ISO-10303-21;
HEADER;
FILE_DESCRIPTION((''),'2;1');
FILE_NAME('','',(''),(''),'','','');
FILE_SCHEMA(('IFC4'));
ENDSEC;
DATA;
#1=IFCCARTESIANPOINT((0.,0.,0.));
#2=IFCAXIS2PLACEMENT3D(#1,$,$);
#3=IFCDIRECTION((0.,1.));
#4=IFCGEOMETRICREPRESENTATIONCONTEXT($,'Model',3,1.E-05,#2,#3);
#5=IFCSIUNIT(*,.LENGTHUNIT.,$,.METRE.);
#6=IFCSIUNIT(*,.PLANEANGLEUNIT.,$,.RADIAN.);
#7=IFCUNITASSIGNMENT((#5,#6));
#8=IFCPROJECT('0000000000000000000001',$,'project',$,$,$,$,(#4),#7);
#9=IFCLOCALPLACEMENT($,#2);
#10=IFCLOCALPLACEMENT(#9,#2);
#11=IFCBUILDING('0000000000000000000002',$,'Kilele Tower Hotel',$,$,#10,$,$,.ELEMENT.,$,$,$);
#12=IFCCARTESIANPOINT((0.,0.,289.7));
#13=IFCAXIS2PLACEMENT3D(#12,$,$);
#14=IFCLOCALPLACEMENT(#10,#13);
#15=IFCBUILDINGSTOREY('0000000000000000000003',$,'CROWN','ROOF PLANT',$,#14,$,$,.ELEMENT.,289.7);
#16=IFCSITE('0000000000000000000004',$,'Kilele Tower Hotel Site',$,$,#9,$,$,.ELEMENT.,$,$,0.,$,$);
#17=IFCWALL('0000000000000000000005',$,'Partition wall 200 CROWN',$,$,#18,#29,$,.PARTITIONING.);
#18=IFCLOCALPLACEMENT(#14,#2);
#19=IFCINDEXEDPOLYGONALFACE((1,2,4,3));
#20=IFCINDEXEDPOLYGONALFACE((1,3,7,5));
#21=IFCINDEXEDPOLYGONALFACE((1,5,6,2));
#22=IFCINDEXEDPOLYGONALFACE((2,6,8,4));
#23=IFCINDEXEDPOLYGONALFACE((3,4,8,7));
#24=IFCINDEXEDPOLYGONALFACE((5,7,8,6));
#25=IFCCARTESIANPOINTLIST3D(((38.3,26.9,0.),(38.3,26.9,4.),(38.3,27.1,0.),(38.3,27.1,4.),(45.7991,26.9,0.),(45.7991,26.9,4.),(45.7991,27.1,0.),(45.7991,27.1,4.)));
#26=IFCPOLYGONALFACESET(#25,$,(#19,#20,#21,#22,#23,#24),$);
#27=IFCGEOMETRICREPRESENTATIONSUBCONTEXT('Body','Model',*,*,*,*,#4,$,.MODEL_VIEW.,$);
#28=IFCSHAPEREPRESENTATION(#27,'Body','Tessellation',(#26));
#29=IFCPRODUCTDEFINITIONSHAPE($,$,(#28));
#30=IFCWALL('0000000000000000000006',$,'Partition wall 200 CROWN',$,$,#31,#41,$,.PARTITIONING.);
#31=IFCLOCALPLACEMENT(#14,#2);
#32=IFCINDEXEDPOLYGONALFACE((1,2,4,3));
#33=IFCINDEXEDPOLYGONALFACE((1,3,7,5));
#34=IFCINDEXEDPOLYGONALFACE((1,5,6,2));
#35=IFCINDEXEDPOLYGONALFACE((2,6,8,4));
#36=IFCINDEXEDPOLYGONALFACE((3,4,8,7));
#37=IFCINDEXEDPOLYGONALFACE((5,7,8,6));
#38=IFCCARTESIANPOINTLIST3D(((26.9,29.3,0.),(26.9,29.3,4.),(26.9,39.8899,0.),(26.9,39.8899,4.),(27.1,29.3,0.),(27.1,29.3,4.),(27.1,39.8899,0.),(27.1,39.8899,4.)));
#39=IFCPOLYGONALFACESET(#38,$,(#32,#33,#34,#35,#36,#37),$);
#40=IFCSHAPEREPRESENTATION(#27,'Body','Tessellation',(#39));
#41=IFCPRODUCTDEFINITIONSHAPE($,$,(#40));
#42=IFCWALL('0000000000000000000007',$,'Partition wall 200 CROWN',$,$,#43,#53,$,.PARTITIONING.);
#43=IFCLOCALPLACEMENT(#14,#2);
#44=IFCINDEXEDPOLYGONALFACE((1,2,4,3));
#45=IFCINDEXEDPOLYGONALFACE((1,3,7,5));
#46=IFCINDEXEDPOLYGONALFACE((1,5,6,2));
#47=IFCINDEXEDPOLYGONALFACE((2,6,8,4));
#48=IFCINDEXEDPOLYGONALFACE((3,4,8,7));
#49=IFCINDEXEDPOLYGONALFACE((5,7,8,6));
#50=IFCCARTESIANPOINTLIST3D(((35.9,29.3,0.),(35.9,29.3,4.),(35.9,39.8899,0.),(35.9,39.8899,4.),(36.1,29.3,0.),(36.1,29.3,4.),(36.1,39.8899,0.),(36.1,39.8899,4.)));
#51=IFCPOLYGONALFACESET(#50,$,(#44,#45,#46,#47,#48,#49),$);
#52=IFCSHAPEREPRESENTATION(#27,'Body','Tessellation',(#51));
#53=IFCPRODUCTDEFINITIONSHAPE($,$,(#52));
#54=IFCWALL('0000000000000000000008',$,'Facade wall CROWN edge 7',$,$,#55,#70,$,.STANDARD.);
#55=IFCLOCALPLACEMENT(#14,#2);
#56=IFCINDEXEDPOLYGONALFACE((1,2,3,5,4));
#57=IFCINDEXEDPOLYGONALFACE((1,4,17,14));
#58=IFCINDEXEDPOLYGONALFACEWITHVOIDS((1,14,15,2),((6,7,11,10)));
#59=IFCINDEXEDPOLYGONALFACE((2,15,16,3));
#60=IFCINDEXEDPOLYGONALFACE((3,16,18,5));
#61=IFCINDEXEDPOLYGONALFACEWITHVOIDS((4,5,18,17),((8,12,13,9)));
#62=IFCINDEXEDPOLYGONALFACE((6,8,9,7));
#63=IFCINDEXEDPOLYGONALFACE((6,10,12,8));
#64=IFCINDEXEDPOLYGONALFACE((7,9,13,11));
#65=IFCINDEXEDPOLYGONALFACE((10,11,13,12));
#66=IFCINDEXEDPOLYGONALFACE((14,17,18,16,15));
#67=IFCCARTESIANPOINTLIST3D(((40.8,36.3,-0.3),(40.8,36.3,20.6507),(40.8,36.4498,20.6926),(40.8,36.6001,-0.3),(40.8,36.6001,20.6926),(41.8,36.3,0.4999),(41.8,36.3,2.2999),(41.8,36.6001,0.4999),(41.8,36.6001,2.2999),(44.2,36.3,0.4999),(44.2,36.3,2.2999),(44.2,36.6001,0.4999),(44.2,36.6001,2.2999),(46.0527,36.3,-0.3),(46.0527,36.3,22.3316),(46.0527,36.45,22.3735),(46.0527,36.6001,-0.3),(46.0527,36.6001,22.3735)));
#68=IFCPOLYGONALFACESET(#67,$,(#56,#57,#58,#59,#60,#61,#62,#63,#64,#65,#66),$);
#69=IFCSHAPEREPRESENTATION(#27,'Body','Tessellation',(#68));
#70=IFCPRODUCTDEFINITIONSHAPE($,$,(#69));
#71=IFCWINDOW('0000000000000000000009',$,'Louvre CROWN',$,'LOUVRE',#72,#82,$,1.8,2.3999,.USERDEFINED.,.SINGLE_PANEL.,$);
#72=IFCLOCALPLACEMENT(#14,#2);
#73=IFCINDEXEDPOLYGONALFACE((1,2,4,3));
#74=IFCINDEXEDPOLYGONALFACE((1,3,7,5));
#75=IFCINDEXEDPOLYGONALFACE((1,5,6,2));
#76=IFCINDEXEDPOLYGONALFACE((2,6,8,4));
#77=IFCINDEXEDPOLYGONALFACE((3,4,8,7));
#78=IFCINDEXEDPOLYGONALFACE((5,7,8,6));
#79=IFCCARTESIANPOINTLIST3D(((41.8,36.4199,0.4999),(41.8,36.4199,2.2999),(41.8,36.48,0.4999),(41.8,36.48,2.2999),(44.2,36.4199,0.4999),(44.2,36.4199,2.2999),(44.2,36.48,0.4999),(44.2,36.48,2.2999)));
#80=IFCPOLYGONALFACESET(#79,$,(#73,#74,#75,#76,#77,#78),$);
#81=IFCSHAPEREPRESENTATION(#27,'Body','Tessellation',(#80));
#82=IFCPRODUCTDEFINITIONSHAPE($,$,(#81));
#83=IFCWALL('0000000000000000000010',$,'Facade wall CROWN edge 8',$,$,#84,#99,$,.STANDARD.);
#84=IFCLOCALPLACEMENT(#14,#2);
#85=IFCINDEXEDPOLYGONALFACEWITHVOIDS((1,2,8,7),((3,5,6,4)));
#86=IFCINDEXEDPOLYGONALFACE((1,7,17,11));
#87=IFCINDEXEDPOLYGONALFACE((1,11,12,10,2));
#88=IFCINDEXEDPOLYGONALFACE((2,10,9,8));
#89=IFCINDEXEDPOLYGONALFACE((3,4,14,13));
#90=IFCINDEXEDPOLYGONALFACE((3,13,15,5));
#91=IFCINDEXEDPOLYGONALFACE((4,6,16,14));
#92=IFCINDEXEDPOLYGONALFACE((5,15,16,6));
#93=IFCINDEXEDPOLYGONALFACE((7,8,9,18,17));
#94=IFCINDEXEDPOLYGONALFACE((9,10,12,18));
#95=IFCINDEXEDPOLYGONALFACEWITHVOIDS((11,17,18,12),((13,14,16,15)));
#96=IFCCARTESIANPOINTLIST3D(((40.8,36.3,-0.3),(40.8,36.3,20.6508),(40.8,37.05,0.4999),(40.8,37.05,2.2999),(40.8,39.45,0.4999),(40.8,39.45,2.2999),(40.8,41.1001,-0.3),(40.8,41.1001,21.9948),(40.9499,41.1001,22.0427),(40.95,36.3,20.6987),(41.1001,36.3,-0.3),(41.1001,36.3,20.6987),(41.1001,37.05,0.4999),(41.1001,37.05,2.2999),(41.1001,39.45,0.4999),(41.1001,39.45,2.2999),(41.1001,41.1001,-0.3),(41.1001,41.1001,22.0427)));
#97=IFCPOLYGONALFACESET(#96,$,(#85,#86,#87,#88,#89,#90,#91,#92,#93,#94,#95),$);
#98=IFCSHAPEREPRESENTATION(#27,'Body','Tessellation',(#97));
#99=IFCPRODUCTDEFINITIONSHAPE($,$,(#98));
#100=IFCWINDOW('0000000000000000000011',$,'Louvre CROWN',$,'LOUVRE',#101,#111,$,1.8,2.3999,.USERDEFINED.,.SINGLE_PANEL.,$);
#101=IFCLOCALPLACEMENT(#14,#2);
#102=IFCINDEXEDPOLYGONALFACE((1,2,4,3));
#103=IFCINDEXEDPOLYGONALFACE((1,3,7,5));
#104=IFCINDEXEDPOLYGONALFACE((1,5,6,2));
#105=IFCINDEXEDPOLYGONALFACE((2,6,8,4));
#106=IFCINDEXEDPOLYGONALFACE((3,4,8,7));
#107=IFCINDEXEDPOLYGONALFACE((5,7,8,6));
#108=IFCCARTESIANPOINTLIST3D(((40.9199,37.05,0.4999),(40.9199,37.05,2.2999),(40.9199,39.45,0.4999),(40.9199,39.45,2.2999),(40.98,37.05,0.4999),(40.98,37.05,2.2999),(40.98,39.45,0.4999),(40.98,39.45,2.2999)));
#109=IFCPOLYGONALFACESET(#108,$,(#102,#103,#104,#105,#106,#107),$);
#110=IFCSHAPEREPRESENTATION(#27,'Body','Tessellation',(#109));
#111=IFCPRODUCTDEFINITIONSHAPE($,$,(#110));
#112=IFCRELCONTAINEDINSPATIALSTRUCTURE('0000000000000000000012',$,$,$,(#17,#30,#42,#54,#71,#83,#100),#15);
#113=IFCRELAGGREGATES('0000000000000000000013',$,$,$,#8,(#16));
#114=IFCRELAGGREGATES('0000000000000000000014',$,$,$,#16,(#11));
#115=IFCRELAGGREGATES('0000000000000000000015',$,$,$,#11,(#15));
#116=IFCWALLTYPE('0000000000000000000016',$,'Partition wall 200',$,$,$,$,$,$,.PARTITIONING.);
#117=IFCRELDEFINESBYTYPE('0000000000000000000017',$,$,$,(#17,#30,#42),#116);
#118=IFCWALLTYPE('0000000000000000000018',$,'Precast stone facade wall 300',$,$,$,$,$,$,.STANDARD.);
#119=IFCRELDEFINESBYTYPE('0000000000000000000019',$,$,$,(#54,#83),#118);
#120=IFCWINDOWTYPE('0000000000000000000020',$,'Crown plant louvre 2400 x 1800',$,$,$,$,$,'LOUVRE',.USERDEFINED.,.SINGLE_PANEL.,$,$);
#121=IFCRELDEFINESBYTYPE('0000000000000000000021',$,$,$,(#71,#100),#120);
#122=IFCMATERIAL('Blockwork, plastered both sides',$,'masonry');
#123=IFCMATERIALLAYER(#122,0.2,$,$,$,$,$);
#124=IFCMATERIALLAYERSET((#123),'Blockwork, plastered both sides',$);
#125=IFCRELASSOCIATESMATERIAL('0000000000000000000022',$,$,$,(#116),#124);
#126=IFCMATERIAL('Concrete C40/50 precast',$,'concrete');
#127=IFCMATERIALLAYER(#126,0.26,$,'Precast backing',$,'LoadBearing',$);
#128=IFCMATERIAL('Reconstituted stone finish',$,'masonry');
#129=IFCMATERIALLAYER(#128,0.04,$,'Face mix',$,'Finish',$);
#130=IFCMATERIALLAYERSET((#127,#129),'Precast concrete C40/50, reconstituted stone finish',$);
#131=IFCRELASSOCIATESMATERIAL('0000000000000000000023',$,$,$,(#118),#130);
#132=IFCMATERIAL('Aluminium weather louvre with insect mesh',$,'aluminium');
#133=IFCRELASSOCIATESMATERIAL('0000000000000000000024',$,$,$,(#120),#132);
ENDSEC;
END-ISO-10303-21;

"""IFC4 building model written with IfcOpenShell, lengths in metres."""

from ifc_helpers import new_model, si_unit, direction, frame, frame_2d, origin, place, context, subcontext, project, spatial, polyline, rectangle, outline, extrude, clip, halfspace, material, layer, layer_set, type_object, element, fill, save


model = new_model("IFC4")

# Units and contexts
model_context = context("Model", 3, precision=1e-05, world=origin(), true_north=direction((0.0, 1.0)))
body_context = subcontext(model_context, "Body", "Model", "MODEL_VIEW")
ifc_project = project(units=[si_unit("LENGTHUNIT", "METRE"), si_unit("PLANEANGLEUNIT", "RADIAN")], contexts=[model_context])

# Site, building, storey
site_placement = place(None, origin())
site = spatial("IfcSite", under=ifc_project, at=site_placement, Name="Kilele Tower Hotel Site", CompositionType="ELEMENT", RefElevation=0.0)
building_placement = place(site_placement, origin())
building = spatial("IfcBuilding", under=site, at=building_placement, Name="Kilele Tower Hotel", CompositionType="ELEMENT")
storey_placement = place(building_placement, frame((0.0, 0.0, 289.7)))
storey = spatial("IfcBuildingStorey", under=building, at=storey_placement, Name="CROWN", Description="ROOF PLANT", CompositionType="ELEMENT", Elevation=289.7)

# Walls
ifc_material_1 = material(Name="Blockwork, plastered both sides", Category="masonry")
ifc_layer_1 = layer(ifc_material_1, 0.2)
ifc_layer_set_1 = layer_set([ifc_layer_1], Name="Blockwork, plastered both sides")
wall_type_1 = type_object("IfcWallType", Name="Partition wall 200", PredefinedType="PARTITIONING", material=ifc_layer_set_1)
wall_1_placement = place(storey_placement, frame((38.3, 27.0, 0.0), z_axis=(0.0, 0.0, 1.0), x_axis=(1.0, 0.0, 0.0)))
element("IfcWall", 1, at=wall_1_placement, inside=storey, type_object=wall_type_1, Name="Partition wall 200 CROWN", PredefinedType="PARTITIONING", context=body_context, shape_type="SweptSolid", body=[
    extrude(rectangle(XDim=7.499, YDim=0.2, at=frame_2d((3.7495, 0.0))), origin(), (0.0, 0.0, 1.0), 4.0),
])
for number, where, z_axis, x_axis, name in (
    (2, (27.0, 29.3, 0.0), (0.0, 0.0, 1.0), (0.0, 1.0, 0.0), "Partition wall 200 CROWN"),
    (3, (36.0, 29.3, 0.0), (0.0, 0.0, 1.0), (0.0, 1.0, 0.0), "Partition wall 200 CROWN"),
):
    element("IfcWall", number, at=place(storey_placement, frame(where, z_axis=z_axis, x_axis=x_axis)), inside=storey, type_object=wall_type_1, Name=name, PredefinedType="PARTITIONING", context=body_context, shape_type="SweptSolid", body=[
        extrude(rectangle(XDim=10.5898, YDim=0.2, at=frame_2d((5.2949, 0.0))), origin(), (0.0, 0.0, 1.0), 4.0),
    ])

# Walls, openings, windows
ifc_material_2 = material(Name="Concrete C40/50 precast", Category="concrete")
ifc_layer_2 = layer(ifc_material_2, 0.26, Name="Precast backing", Category="LoadBearing")
ifc_material_3 = material(Name="Reconstituted stone finish", Category="masonry")
ifc_layer_3 = layer(ifc_material_3, 0.04, Name="Face mix", Category="Finish")
ifc_layer_set_2 = layer_set([ifc_layer_2, ifc_layer_3], Name="Precast concrete C40/50, reconstituted stone finish")
wall_type_2 = type_object("IfcWallType", Name="Precast stone facade wall 300", PredefinedType="STANDARD", material=ifc_layer_set_2)
wall_2_placement = place(storey_placement, frame((46.0527, 36.45, -0.3), z_axis=(0.0, 0.0, 1.0), x_axis=(-1.0, 0.0, 0.0)))
wall_2 = element("IfcWall", 4, at=wall_2_placement, inside=storey, type_object=wall_type_2, Name="Facade wall CROWN edge 7", PredefinedType="STANDARD", context=body_context, shape_type="Clipping", body=[
    clip(extrude(outline(polyline([(0.0, 0.0), (5.2527, 0.0), (5.2527, 20.9927), (0.0, 22.6736), (0.0, 0.0)])), frame((0.0, 0.1499, 0.0), z_axis=(0.0, -1.0, 0.0), x_axis=(1.0, 0.0, 0.0)), (0.0, 0.0, 1.0), 0.3), halfspace(frame((0.0, 0.0, 22.6736), z_axis=(0.294484, 0.257674, 0.920263), x_axis=(0.952424, 0.0, -0.304776)), False)),
])
opening_1_placement = place(wall_2_placement, frame((1.8528, 0.0, 0.8)))
opening_1 = element("IfcOpeningElement", 5, at=opening_1_placement, cuts=wall_2, PredefinedType="OPENING", context=body_context, shape_type="SweptSolid", body=[
    extrude(rectangle(XDim=2.3999, YDim=1.8, at=frame_2d((1.2, 0.8999))), frame((0.0, 0.1599, 0.0), z_axis=(0.0, -1.0, 0.0), x_axis=(1.0, 0.0, 0.0)), (0.0, 0.0, 1.0), 0.3201),
])
ifc_material_4 = material(Name="Aluminium weather louvre with insect mesh", Category="aluminium")
window_type = type_object("IfcWindowType", Name="Crown plant louvre 2400 x 1800", ElementType="LOUVRE", PartitioningType="SINGLE_PANEL", PredefinedType="USERDEFINED", material=ifc_material_4)
window_1_placement = place(opening_1_placement, origin())
window_1 = element("IfcWindow", 6, at=window_1_placement, inside=storey, type_object=window_type, Name="Louvre CROWN", ObjectType="LOUVRE", OverallHeight=1.8, OverallWidth=2.3999, PartitioningType="SINGLE_PANEL", PredefinedType="USERDEFINED", context=body_context, shape_type="SweptSolid", body=[
    extrude(rectangle(XDim=2.3999, YDim=1.8, at=frame_2d((1.2, 0.8999))), frame((0.0, 0.03, 0.0), z_axis=(0.0, -1.0, 0.0), x_axis=(1.0, 0.0, 0.0)), (0.0, 0.0, 1.0), 0.0601),
])
fill(opening_1, window_1)
wall_3_placement = place(storey_placement, frame((40.95, 36.3, -0.3), z_axis=(0.0, 0.0, 1.0), x_axis=(0.0, 1.0, 0.0)))
wall_3 = element("IfcWall", 7, at=wall_3_placement, inside=storey, type_object=wall_type_2, Name="Facade wall CROWN edge 8", PredefinedType="STANDARD", context=body_context, shape_type="Clipping", body=[
    clip(extrude(outline(polyline([(0.0, 0.0), (4.8, 0.0), (4.8, 22.3428), (0.0, 20.9988), (0.0, 0.0)])), frame((0.0, 0.1499, 0.0), z_axis=(0.0, -1.0, 0.0), x_axis=(1.0, 0.0, 0.0)), (0.0, 0.0, 1.0), 0.3), halfspace(frame((0.0, 0.0, 20.9988), z_axis=(-0.257674, 0.294484, 0.920263), x_axis=(0.962964, 0.0, 0.26963)), False)),
])
opening_2_placement = place(wall_3_placement, frame((0.75, 0.0, 0.8)))
opening_2 = element("IfcOpeningElement", 8, at=opening_2_placement, cuts=wall_3, PredefinedType="OPENING", context=body_context, shape_type="SweptSolid", body=[
    extrude(rectangle(XDim=2.3999, YDim=1.8, at=frame_2d((1.2, 0.8999))), frame((0.0, 0.1599, 0.0), z_axis=(0.0, -1.0, 0.0), x_axis=(1.0, 0.0, 0.0)), (0.0, 0.0, 1.0), 0.3201),
])
window_2_placement = place(opening_2_placement, origin())
window_2 = element("IfcWindow", 9, at=window_2_placement, inside=storey, type_object=window_type, Name="Louvre CROWN", ObjectType="LOUVRE", OverallHeight=1.8, OverallWidth=2.3999, PartitioningType="SINGLE_PANEL", PredefinedType="USERDEFINED", context=body_context, shape_type="SweptSolid", body=[
    extrude(rectangle(XDim=2.3999, YDim=1.8, at=frame_2d((1.2, 0.8999))), frame((0.0, 0.03, 0.0), z_axis=(0.0, -1.0, 0.0), x_axis=(1.0, 0.0, 0.0)), (0.0, 0.0, 1.0), 0.0601),
])
fill(opening_2, window_2)

save(model, "model.ifc")
